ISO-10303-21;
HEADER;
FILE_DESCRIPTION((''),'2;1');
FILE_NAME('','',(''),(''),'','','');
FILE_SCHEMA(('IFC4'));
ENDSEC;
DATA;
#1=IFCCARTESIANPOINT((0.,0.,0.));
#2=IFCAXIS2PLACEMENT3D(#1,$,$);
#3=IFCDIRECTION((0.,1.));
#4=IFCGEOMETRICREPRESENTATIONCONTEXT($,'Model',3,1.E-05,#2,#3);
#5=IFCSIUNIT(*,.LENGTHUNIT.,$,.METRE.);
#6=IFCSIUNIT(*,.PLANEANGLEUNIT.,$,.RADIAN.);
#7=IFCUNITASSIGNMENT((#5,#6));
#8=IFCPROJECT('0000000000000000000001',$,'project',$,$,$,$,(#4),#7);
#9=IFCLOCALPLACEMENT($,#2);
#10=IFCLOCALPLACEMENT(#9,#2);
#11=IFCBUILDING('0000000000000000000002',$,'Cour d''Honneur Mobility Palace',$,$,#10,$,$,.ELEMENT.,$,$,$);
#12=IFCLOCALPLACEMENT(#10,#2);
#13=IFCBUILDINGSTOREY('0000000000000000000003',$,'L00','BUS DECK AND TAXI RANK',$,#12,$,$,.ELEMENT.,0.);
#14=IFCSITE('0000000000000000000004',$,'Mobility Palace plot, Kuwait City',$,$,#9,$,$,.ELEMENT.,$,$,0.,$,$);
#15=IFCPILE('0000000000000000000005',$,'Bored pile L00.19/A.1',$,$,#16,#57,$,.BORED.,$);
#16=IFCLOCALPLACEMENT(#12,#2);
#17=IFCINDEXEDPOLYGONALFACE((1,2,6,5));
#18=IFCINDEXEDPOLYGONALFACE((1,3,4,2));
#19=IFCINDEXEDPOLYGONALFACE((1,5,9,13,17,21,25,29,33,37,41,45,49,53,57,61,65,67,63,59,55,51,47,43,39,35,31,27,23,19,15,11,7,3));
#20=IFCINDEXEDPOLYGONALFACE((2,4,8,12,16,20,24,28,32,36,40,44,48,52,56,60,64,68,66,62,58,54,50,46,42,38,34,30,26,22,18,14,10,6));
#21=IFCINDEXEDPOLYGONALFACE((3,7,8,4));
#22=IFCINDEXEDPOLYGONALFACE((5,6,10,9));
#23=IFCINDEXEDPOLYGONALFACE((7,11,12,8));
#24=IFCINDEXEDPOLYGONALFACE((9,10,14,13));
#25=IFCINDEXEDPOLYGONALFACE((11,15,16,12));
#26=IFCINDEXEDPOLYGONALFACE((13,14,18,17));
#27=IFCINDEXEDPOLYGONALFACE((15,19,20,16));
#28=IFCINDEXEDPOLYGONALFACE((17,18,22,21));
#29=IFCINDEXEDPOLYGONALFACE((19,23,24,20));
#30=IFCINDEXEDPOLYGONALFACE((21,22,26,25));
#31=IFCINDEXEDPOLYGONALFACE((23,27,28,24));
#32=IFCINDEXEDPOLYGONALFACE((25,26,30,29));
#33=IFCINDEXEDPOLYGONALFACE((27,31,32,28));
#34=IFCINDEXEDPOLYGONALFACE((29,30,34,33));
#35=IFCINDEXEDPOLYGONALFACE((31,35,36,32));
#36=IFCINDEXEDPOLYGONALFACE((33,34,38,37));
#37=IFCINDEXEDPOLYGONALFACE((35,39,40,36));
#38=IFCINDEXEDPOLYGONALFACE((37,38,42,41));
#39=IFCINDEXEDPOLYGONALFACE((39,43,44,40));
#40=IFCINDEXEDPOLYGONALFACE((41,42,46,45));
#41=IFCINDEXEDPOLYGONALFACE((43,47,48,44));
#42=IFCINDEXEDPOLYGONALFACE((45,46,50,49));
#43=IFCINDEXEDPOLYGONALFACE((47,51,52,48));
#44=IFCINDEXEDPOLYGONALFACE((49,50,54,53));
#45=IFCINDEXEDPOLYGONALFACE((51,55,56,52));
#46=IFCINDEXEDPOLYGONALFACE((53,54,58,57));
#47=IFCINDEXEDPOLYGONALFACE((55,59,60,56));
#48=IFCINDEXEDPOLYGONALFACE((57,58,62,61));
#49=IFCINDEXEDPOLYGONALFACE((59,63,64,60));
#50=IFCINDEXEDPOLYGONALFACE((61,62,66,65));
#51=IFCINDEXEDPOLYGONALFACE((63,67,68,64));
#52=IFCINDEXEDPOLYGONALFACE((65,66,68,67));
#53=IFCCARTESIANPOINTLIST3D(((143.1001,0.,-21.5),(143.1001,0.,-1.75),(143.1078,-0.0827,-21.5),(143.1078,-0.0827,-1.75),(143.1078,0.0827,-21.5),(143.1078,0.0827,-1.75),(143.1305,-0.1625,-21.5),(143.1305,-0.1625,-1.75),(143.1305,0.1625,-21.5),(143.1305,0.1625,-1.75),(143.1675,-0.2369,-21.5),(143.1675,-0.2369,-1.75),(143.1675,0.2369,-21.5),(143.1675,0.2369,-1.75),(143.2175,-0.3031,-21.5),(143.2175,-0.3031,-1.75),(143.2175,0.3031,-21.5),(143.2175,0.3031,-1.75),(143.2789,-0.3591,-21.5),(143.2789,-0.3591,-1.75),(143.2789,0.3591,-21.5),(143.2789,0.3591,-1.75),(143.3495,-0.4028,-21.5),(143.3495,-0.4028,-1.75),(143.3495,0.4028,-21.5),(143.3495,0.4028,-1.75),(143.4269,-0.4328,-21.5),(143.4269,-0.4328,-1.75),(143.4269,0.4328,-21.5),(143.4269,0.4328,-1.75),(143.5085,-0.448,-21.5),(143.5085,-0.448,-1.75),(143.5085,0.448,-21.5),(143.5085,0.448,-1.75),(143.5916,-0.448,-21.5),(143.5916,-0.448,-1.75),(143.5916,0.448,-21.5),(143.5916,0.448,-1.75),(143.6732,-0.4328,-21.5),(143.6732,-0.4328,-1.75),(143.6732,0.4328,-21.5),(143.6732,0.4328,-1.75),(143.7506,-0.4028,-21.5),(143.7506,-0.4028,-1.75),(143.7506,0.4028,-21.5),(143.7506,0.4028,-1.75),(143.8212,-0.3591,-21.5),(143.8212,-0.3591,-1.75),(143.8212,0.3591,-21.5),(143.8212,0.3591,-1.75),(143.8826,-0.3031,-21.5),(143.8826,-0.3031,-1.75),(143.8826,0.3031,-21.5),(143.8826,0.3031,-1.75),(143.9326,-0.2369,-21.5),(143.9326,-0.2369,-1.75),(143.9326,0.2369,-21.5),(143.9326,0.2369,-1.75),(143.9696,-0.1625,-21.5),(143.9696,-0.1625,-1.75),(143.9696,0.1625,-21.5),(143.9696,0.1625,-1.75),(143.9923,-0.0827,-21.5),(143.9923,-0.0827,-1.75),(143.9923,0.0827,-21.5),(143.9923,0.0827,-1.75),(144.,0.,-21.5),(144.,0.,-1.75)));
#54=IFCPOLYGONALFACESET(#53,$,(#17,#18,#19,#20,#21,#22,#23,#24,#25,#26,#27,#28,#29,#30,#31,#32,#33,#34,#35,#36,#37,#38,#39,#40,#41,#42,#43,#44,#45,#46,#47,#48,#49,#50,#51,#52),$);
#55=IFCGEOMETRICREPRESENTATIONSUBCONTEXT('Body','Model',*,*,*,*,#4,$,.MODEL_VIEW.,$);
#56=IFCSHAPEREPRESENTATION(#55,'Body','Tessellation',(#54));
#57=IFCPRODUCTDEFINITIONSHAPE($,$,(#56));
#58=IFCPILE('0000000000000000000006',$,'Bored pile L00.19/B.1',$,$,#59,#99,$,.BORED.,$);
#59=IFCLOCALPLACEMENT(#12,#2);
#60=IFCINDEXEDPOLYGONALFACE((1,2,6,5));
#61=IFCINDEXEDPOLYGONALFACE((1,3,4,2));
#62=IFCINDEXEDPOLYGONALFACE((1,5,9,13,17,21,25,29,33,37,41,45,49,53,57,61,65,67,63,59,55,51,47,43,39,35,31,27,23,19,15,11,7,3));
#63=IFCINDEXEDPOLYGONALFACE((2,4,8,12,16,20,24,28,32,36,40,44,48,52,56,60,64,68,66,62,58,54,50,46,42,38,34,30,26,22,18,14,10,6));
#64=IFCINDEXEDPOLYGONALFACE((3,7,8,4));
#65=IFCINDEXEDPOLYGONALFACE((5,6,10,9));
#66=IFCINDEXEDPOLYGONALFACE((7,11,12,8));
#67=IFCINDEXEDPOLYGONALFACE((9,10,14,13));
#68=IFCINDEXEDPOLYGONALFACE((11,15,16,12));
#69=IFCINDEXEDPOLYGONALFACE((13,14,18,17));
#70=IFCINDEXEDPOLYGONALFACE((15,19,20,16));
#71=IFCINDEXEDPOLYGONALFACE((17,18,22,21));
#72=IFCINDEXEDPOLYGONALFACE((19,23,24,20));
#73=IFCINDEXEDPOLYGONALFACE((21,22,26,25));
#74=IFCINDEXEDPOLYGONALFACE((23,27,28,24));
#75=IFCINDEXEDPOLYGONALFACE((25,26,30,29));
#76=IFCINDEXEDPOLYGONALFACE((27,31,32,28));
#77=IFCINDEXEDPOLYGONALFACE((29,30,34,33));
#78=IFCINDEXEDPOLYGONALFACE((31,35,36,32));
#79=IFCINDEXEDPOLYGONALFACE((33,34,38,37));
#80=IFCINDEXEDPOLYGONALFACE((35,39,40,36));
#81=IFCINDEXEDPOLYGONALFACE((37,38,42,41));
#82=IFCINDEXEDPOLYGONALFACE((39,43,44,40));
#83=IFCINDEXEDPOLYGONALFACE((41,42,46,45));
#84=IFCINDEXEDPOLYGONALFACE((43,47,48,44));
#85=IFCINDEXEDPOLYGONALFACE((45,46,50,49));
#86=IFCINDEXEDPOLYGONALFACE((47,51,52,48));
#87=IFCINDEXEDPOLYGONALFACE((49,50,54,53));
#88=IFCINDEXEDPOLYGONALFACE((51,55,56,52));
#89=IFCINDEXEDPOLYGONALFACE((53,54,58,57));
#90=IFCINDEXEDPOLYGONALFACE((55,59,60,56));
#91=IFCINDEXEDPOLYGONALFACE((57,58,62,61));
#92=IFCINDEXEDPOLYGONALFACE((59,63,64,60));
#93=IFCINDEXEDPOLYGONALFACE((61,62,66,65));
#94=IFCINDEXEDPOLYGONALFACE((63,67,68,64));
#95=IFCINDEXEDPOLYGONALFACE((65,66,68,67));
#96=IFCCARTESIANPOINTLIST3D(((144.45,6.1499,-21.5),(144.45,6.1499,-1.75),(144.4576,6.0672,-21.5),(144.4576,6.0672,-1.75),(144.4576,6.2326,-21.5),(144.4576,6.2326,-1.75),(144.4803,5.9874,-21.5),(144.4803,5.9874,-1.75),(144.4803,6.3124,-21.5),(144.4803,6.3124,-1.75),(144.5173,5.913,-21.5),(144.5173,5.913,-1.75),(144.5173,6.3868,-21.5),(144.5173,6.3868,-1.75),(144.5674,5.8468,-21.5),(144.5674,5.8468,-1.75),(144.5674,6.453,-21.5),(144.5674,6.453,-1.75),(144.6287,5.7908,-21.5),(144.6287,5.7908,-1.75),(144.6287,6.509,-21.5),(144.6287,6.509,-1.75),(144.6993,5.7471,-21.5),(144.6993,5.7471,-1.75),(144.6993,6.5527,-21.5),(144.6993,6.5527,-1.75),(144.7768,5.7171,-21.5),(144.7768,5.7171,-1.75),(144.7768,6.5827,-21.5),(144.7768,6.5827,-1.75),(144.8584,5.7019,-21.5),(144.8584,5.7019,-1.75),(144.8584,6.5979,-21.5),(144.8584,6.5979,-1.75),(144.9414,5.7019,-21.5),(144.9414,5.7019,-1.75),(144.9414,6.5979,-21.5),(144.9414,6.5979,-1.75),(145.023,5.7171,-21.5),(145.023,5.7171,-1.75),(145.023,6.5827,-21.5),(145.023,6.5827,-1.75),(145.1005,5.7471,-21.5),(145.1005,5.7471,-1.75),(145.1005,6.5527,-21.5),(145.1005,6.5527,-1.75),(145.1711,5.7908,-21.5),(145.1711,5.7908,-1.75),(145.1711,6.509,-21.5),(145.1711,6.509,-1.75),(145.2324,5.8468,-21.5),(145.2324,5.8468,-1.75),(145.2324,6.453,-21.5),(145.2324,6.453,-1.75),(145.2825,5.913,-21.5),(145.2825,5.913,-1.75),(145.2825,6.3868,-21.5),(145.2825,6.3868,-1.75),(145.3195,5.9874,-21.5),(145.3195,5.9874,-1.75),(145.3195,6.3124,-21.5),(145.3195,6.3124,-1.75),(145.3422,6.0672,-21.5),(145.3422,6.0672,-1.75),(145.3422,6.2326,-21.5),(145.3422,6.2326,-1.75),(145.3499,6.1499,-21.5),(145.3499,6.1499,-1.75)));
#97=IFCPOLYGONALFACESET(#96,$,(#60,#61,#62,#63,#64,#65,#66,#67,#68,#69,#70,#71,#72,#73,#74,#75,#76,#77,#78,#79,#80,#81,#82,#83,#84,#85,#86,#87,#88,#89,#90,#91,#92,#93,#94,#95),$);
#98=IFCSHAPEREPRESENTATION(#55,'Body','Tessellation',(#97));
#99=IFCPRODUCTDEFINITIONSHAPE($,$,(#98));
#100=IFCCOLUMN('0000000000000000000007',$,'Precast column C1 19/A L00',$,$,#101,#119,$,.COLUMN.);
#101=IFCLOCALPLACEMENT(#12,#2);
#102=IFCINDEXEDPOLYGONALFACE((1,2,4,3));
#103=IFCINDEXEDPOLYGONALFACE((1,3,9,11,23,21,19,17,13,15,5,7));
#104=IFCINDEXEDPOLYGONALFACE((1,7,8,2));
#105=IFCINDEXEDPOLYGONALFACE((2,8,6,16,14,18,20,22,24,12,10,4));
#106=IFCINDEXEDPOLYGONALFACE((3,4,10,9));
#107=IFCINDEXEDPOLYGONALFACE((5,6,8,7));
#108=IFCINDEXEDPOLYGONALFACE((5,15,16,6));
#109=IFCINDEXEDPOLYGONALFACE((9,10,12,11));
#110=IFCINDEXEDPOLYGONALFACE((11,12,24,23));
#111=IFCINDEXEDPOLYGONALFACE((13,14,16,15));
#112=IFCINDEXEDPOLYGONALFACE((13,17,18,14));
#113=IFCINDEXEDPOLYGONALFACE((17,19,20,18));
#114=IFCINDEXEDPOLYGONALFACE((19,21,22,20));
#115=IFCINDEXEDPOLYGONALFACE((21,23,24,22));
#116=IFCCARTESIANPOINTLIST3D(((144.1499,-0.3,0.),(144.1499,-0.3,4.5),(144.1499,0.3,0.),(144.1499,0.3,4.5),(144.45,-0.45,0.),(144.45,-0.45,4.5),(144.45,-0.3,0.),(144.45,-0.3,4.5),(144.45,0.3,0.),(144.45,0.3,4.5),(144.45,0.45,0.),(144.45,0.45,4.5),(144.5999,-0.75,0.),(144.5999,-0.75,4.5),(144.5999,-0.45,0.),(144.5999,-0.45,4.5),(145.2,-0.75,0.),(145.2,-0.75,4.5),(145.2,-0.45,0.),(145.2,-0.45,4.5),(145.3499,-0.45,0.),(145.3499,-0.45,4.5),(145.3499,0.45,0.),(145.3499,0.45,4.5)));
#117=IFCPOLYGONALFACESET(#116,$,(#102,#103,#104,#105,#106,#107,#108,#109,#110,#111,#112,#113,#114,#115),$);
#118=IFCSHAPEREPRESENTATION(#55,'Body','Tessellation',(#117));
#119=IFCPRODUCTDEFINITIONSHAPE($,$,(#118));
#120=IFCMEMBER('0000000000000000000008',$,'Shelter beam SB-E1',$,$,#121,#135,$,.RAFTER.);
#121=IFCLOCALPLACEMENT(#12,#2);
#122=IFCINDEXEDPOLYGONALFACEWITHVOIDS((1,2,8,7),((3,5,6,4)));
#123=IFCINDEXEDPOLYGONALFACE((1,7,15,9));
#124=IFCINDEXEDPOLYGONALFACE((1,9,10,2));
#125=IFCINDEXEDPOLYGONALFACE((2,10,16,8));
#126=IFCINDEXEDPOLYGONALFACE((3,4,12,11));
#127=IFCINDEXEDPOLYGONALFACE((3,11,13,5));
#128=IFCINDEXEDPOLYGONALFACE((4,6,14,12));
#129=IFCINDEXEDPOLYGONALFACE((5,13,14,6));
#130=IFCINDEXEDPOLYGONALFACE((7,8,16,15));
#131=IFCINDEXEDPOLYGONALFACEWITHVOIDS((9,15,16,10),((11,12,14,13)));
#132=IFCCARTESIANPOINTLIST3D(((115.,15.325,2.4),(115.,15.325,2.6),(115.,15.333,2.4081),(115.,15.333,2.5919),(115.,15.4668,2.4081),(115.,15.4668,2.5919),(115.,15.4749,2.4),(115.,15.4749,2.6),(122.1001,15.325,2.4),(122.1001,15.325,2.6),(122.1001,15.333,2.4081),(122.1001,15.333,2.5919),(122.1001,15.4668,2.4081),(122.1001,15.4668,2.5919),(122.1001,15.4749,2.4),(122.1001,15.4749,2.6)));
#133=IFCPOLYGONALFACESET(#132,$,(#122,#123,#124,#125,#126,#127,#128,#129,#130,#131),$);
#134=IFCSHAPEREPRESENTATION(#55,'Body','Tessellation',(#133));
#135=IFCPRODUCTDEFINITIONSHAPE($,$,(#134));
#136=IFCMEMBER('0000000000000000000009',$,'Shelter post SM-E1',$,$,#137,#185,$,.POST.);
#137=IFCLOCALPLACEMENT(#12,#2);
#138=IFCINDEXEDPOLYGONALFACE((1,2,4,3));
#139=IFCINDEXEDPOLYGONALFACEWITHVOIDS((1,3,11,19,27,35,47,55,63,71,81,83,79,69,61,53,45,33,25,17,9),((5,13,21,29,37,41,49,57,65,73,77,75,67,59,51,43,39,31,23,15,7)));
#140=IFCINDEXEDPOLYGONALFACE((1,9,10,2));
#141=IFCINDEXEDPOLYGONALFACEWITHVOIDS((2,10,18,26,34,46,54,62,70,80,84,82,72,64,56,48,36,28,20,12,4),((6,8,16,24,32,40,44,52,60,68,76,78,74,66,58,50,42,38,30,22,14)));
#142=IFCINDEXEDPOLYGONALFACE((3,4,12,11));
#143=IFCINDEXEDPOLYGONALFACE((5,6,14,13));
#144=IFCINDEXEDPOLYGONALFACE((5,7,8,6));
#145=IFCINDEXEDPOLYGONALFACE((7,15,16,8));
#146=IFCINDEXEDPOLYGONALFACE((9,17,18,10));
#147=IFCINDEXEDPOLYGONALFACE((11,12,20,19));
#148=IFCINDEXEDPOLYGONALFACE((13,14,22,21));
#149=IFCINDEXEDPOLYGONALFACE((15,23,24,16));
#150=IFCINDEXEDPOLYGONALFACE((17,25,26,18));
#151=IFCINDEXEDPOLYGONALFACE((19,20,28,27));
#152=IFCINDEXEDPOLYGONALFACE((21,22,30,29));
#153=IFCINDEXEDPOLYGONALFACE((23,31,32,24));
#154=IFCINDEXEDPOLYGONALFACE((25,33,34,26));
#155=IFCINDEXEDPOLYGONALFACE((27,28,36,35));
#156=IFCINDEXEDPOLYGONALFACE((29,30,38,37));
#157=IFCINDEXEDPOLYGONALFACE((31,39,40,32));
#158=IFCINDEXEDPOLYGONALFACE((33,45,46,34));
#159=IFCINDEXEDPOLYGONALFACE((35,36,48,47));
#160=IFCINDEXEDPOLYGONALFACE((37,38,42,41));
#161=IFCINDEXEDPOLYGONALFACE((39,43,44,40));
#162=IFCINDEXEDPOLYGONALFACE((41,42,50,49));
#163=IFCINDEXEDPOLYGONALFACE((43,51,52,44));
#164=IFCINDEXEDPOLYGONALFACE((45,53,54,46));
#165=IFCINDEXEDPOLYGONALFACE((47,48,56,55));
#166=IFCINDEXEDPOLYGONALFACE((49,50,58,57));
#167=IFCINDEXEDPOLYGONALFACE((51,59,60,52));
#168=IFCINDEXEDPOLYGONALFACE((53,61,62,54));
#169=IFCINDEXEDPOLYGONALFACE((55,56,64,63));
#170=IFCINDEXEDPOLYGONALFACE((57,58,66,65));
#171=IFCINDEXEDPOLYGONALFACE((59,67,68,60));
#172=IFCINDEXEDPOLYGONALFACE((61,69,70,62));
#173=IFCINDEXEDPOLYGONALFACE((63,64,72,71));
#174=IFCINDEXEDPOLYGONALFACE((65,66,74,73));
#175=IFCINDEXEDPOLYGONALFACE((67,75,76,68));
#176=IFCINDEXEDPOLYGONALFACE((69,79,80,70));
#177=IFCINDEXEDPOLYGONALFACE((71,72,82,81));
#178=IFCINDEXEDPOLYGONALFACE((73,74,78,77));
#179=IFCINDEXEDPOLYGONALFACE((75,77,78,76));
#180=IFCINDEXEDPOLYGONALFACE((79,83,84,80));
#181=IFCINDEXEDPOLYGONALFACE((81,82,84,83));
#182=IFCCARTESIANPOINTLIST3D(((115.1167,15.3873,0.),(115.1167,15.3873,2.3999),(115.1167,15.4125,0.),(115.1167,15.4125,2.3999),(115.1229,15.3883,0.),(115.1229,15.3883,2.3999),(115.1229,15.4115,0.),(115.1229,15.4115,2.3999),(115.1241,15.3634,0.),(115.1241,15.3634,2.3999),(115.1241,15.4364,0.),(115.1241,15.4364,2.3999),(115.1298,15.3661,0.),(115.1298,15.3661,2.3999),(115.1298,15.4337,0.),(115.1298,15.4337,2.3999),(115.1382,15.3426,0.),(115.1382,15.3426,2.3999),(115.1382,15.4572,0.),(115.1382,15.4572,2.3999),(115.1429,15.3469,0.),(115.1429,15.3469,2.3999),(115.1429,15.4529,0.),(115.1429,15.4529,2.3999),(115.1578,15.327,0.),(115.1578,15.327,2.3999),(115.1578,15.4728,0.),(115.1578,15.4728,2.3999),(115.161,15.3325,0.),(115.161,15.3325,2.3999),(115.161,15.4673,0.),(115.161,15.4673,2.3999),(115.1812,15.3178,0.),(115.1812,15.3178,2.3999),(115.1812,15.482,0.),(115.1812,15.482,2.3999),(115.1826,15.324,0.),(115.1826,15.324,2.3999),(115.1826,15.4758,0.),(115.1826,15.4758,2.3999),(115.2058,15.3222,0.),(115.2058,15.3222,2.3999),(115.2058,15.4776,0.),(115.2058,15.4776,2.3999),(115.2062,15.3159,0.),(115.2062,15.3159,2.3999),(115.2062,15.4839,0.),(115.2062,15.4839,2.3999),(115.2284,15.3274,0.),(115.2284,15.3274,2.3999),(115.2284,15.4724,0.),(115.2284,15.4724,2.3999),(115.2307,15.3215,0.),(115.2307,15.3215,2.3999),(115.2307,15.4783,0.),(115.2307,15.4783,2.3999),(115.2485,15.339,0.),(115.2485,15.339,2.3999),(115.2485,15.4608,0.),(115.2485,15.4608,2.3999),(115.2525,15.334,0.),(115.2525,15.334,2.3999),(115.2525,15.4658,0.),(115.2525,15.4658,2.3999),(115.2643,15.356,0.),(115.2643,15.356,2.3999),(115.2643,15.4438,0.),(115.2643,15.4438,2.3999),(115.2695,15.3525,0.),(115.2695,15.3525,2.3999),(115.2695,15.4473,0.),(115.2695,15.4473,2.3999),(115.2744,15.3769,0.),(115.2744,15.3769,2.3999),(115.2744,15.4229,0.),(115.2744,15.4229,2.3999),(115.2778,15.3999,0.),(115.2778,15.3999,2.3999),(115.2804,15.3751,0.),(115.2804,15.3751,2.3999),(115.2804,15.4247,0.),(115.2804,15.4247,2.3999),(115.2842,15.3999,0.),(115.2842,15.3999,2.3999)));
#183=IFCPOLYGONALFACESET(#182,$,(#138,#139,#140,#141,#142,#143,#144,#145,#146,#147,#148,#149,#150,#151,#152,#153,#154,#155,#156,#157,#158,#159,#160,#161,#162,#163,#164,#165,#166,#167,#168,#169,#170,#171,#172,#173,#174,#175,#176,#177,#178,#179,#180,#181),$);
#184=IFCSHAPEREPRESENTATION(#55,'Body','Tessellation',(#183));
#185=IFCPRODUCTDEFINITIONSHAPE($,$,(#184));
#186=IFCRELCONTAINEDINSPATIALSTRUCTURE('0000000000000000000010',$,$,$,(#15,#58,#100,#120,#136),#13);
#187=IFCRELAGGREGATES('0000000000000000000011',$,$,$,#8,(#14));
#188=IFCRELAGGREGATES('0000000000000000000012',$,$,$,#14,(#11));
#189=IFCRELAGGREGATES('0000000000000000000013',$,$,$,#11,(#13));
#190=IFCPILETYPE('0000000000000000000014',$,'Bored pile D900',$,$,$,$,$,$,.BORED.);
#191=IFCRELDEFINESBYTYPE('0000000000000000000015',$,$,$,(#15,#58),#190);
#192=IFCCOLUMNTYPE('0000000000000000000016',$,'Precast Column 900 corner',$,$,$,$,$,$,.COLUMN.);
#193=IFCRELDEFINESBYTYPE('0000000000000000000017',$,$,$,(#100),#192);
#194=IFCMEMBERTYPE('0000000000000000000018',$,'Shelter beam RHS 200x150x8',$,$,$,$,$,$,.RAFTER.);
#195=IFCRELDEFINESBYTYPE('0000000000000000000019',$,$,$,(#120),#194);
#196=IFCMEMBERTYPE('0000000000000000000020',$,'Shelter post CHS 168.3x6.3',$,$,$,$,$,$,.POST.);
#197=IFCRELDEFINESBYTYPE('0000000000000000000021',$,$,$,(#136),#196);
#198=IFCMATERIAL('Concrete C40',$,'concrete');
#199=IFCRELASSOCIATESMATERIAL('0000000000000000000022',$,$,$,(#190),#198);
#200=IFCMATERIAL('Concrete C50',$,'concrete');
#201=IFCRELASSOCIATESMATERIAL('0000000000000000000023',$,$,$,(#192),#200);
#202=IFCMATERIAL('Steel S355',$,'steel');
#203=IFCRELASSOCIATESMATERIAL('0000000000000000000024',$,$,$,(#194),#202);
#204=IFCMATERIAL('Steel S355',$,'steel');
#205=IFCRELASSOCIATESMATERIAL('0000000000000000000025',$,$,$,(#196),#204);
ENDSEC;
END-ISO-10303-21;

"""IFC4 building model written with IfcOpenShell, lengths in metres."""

from ifc_helpers import new_model, si_unit, direction, frame, origin, origin_2d, place, context, subcontext, project, spatial, polyline, hollow_rectangle, circle, hollow_circle, outline, extrude, material, material_profile, profile_set, type_object, element, save


model = new_model("IFC4")

# Units and contexts
model_context = context("Model", 3, precision=1e-05, world=origin(), true_north=direction((0.0, 1.0)))
body_context = subcontext(model_context, "Body", "Model", "MODEL_VIEW")
ifc_project = project(units=[si_unit("LENGTHUNIT", "METRE"), si_unit("PLANEANGLEUNIT", "RADIAN")], contexts=[model_context])

# Site, building, storey
site_placement = place(None, origin())
site = spatial("IfcSite", under=ifc_project, at=site_placement, Name="Mobility Palace plot, Kuwait City", CompositionType="ELEMENT", RefElevation=0.0)
building_placement = place(site_placement, origin())
building = spatial("IfcBuilding", under=site, at=building_placement, Name="Cour d'Honneur Mobility Palace", CompositionType="ELEMENT")
storey_placement = place(building_placement, origin())
storey = spatial("IfcBuildingStorey", under=building, at=storey_placement, Name="L00", Description="BUS DECK AND TAXI RANK", CompositionType="ELEMENT", Elevation=0.0)

# Piles
ifc_material_1 = material(Name="Concrete C40", Category="concrete")
ifc_material_profile_1 = material_profile(ifc_material_1, circle(Radius=0.45, at=origin_2d()), Name="Bored pile D900")
ifc_profile_set_1 = profile_set([ifc_material_profile_1], Name="Concrete C40")
pile_type = type_object("IfcPileType", Name="Bored pile D900", PredefinedType="BORED", material=ifc_profile_set_1)
for number, where, z_axis, x_axis, name in (
    (1, (143.55, 0.0, -1.75), (0.0, 0.0, -1.0), (1.0, 0.0, 0.0), "Bored pile L00.19/A.1"),
    (2, (144.8999, 6.1499, -1.75), (0.0, 0.0, -1.0), (1.0, 0.0, 0.0), "Bored pile L00.19/B.1"),
):
    element("IfcPile", number, at=place(storey_placement, frame(where, z_axis=z_axis, x_axis=x_axis)), inside=storey, type_object=pile_type, Name=name, PredefinedType="BORED", context=body_context, shape_type="SweptSolid", body=[
        extrude(circle(Radius=0.45, at=origin_2d()), origin(), (0.0, 0.0, 1.0), 19.75),
    ])

# Column
ifc_material_2 = material(Name="Concrete C50", Category="concrete")
ifc_material_profile_2 = material_profile(ifc_material_2, outline(polyline([(-0.45, -0.45), (0.45, -0.45), (0.45, -0.3), (0.75, -0.3), (0.75, 0.3), (0.45, 0.3), (0.45, 0.45), (0.3, 0.45), (0.3, 0.75), (-0.3, 0.75), (-0.3, 0.45), (-0.45, 0.45), (-0.45, -0.45)])), Name="PC C900 corner")
ifc_profile_set_2 = profile_set([ifc_material_profile_2], Name="Concrete C50")
column_type = type_object("IfcColumnType", Name="Precast Column 900 corner", PredefinedType="COLUMN", material=ifc_profile_set_2)
column_placement = place(storey_placement, frame((144.8999, 0.0, 0.0), z_axis=(0.0, 0.0, 1.0), x_axis=(-1.0, 0.0, 0.0)))
element("IfcColumn", 3, at=column_placement, inside=storey, type_object=column_type, Name="Precast column C1 19/A L00", PredefinedType="COLUMN", context=body_context, shape_type="SweptSolid", body=[
    extrude(outline(polyline([(-0.45, -0.45), (0.45, -0.45), (0.45, -0.3), (0.75, -0.3), (0.75, 0.3), (0.45, 0.3), (0.45, 0.45), (0.3, 0.45), (0.3, 0.75), (-0.3, 0.75), (-0.3, 0.45), (-0.45, 0.45), (-0.45, -0.45)])), origin(), (0.0, 0.0, 1.0), 4.5),
])

# Members
ifc_material_3 = material(Name="Steel S355", Category="steel")
ifc_material_profile_3 = material_profile(ifc_material_3, hollow_rectangle(XDim=0.1499, YDim=0.2, WallThickness=0.0081, at=origin_2d()), Name="RHS 200x150x8")
ifc_profile_set_3 = profile_set([ifc_material_profile_3], Name="Steel S355")
member_type_1 = type_object("IfcMemberType", Name="Shelter beam RHS 200x150x8", PredefinedType="RAFTER", material=ifc_profile_set_3)
member_placement = place(storey_placement, frame((115.0, 15.3999, 2.5), z_axis=(1.0, 0.0, 0.0), x_axis=(0.0, 1.0, 0.0)))
element("IfcMember", 4, at=member_placement, inside=storey, type_object=member_type_1, Name="Shelter beam SB-E1", PredefinedType="RAFTER", context=body_context, shape_type="SweptSolid", body=[
    extrude(hollow_rectangle(XDim=0.1499, YDim=0.2, WallThickness=0.0081, at=origin_2d()), origin(), (0.0, 0.0, 1.0), 7.1001),
])
ifc_material_4 = material(Name="Steel S355", Category="steel")
ifc_material_profile_4 = material_profile(ifc_material_4, hollow_circle(Radius=0.0842, WallThickness=0.0063, at=origin_2d()), Name="CHS 168.3x6.3")
ifc_profile_set_4 = profile_set([ifc_material_profile_4], Name="Steel S355")
member_type_2 = type_object("IfcMemberType", Name="Shelter post CHS 168.3x6.3", PredefinedType="POST", material=ifc_profile_set_4)
for number, where, z_axis, x_axis, name in (
    (5, (115.2, 15.3999, 0.0), (0.0, 0.0, 1.0), (1.0, 0.0, 0.0), "Shelter post SM-E1"),
):
    element("IfcMember", number, at=place(storey_placement, frame(where, z_axis=z_axis, x_axis=x_axis)), inside=storey, type_object=member_type_2, Name=name, PredefinedType="POST", context=body_context, shape_type="SweptSolid", body=[
        extrude(hollow_circle(Radius=0.0842, WallThickness=0.0063, at=origin_2d()), origin(), (0.0, 0.0, 1.0), 2.3999),
    ])

save(model, "model.ifc")
